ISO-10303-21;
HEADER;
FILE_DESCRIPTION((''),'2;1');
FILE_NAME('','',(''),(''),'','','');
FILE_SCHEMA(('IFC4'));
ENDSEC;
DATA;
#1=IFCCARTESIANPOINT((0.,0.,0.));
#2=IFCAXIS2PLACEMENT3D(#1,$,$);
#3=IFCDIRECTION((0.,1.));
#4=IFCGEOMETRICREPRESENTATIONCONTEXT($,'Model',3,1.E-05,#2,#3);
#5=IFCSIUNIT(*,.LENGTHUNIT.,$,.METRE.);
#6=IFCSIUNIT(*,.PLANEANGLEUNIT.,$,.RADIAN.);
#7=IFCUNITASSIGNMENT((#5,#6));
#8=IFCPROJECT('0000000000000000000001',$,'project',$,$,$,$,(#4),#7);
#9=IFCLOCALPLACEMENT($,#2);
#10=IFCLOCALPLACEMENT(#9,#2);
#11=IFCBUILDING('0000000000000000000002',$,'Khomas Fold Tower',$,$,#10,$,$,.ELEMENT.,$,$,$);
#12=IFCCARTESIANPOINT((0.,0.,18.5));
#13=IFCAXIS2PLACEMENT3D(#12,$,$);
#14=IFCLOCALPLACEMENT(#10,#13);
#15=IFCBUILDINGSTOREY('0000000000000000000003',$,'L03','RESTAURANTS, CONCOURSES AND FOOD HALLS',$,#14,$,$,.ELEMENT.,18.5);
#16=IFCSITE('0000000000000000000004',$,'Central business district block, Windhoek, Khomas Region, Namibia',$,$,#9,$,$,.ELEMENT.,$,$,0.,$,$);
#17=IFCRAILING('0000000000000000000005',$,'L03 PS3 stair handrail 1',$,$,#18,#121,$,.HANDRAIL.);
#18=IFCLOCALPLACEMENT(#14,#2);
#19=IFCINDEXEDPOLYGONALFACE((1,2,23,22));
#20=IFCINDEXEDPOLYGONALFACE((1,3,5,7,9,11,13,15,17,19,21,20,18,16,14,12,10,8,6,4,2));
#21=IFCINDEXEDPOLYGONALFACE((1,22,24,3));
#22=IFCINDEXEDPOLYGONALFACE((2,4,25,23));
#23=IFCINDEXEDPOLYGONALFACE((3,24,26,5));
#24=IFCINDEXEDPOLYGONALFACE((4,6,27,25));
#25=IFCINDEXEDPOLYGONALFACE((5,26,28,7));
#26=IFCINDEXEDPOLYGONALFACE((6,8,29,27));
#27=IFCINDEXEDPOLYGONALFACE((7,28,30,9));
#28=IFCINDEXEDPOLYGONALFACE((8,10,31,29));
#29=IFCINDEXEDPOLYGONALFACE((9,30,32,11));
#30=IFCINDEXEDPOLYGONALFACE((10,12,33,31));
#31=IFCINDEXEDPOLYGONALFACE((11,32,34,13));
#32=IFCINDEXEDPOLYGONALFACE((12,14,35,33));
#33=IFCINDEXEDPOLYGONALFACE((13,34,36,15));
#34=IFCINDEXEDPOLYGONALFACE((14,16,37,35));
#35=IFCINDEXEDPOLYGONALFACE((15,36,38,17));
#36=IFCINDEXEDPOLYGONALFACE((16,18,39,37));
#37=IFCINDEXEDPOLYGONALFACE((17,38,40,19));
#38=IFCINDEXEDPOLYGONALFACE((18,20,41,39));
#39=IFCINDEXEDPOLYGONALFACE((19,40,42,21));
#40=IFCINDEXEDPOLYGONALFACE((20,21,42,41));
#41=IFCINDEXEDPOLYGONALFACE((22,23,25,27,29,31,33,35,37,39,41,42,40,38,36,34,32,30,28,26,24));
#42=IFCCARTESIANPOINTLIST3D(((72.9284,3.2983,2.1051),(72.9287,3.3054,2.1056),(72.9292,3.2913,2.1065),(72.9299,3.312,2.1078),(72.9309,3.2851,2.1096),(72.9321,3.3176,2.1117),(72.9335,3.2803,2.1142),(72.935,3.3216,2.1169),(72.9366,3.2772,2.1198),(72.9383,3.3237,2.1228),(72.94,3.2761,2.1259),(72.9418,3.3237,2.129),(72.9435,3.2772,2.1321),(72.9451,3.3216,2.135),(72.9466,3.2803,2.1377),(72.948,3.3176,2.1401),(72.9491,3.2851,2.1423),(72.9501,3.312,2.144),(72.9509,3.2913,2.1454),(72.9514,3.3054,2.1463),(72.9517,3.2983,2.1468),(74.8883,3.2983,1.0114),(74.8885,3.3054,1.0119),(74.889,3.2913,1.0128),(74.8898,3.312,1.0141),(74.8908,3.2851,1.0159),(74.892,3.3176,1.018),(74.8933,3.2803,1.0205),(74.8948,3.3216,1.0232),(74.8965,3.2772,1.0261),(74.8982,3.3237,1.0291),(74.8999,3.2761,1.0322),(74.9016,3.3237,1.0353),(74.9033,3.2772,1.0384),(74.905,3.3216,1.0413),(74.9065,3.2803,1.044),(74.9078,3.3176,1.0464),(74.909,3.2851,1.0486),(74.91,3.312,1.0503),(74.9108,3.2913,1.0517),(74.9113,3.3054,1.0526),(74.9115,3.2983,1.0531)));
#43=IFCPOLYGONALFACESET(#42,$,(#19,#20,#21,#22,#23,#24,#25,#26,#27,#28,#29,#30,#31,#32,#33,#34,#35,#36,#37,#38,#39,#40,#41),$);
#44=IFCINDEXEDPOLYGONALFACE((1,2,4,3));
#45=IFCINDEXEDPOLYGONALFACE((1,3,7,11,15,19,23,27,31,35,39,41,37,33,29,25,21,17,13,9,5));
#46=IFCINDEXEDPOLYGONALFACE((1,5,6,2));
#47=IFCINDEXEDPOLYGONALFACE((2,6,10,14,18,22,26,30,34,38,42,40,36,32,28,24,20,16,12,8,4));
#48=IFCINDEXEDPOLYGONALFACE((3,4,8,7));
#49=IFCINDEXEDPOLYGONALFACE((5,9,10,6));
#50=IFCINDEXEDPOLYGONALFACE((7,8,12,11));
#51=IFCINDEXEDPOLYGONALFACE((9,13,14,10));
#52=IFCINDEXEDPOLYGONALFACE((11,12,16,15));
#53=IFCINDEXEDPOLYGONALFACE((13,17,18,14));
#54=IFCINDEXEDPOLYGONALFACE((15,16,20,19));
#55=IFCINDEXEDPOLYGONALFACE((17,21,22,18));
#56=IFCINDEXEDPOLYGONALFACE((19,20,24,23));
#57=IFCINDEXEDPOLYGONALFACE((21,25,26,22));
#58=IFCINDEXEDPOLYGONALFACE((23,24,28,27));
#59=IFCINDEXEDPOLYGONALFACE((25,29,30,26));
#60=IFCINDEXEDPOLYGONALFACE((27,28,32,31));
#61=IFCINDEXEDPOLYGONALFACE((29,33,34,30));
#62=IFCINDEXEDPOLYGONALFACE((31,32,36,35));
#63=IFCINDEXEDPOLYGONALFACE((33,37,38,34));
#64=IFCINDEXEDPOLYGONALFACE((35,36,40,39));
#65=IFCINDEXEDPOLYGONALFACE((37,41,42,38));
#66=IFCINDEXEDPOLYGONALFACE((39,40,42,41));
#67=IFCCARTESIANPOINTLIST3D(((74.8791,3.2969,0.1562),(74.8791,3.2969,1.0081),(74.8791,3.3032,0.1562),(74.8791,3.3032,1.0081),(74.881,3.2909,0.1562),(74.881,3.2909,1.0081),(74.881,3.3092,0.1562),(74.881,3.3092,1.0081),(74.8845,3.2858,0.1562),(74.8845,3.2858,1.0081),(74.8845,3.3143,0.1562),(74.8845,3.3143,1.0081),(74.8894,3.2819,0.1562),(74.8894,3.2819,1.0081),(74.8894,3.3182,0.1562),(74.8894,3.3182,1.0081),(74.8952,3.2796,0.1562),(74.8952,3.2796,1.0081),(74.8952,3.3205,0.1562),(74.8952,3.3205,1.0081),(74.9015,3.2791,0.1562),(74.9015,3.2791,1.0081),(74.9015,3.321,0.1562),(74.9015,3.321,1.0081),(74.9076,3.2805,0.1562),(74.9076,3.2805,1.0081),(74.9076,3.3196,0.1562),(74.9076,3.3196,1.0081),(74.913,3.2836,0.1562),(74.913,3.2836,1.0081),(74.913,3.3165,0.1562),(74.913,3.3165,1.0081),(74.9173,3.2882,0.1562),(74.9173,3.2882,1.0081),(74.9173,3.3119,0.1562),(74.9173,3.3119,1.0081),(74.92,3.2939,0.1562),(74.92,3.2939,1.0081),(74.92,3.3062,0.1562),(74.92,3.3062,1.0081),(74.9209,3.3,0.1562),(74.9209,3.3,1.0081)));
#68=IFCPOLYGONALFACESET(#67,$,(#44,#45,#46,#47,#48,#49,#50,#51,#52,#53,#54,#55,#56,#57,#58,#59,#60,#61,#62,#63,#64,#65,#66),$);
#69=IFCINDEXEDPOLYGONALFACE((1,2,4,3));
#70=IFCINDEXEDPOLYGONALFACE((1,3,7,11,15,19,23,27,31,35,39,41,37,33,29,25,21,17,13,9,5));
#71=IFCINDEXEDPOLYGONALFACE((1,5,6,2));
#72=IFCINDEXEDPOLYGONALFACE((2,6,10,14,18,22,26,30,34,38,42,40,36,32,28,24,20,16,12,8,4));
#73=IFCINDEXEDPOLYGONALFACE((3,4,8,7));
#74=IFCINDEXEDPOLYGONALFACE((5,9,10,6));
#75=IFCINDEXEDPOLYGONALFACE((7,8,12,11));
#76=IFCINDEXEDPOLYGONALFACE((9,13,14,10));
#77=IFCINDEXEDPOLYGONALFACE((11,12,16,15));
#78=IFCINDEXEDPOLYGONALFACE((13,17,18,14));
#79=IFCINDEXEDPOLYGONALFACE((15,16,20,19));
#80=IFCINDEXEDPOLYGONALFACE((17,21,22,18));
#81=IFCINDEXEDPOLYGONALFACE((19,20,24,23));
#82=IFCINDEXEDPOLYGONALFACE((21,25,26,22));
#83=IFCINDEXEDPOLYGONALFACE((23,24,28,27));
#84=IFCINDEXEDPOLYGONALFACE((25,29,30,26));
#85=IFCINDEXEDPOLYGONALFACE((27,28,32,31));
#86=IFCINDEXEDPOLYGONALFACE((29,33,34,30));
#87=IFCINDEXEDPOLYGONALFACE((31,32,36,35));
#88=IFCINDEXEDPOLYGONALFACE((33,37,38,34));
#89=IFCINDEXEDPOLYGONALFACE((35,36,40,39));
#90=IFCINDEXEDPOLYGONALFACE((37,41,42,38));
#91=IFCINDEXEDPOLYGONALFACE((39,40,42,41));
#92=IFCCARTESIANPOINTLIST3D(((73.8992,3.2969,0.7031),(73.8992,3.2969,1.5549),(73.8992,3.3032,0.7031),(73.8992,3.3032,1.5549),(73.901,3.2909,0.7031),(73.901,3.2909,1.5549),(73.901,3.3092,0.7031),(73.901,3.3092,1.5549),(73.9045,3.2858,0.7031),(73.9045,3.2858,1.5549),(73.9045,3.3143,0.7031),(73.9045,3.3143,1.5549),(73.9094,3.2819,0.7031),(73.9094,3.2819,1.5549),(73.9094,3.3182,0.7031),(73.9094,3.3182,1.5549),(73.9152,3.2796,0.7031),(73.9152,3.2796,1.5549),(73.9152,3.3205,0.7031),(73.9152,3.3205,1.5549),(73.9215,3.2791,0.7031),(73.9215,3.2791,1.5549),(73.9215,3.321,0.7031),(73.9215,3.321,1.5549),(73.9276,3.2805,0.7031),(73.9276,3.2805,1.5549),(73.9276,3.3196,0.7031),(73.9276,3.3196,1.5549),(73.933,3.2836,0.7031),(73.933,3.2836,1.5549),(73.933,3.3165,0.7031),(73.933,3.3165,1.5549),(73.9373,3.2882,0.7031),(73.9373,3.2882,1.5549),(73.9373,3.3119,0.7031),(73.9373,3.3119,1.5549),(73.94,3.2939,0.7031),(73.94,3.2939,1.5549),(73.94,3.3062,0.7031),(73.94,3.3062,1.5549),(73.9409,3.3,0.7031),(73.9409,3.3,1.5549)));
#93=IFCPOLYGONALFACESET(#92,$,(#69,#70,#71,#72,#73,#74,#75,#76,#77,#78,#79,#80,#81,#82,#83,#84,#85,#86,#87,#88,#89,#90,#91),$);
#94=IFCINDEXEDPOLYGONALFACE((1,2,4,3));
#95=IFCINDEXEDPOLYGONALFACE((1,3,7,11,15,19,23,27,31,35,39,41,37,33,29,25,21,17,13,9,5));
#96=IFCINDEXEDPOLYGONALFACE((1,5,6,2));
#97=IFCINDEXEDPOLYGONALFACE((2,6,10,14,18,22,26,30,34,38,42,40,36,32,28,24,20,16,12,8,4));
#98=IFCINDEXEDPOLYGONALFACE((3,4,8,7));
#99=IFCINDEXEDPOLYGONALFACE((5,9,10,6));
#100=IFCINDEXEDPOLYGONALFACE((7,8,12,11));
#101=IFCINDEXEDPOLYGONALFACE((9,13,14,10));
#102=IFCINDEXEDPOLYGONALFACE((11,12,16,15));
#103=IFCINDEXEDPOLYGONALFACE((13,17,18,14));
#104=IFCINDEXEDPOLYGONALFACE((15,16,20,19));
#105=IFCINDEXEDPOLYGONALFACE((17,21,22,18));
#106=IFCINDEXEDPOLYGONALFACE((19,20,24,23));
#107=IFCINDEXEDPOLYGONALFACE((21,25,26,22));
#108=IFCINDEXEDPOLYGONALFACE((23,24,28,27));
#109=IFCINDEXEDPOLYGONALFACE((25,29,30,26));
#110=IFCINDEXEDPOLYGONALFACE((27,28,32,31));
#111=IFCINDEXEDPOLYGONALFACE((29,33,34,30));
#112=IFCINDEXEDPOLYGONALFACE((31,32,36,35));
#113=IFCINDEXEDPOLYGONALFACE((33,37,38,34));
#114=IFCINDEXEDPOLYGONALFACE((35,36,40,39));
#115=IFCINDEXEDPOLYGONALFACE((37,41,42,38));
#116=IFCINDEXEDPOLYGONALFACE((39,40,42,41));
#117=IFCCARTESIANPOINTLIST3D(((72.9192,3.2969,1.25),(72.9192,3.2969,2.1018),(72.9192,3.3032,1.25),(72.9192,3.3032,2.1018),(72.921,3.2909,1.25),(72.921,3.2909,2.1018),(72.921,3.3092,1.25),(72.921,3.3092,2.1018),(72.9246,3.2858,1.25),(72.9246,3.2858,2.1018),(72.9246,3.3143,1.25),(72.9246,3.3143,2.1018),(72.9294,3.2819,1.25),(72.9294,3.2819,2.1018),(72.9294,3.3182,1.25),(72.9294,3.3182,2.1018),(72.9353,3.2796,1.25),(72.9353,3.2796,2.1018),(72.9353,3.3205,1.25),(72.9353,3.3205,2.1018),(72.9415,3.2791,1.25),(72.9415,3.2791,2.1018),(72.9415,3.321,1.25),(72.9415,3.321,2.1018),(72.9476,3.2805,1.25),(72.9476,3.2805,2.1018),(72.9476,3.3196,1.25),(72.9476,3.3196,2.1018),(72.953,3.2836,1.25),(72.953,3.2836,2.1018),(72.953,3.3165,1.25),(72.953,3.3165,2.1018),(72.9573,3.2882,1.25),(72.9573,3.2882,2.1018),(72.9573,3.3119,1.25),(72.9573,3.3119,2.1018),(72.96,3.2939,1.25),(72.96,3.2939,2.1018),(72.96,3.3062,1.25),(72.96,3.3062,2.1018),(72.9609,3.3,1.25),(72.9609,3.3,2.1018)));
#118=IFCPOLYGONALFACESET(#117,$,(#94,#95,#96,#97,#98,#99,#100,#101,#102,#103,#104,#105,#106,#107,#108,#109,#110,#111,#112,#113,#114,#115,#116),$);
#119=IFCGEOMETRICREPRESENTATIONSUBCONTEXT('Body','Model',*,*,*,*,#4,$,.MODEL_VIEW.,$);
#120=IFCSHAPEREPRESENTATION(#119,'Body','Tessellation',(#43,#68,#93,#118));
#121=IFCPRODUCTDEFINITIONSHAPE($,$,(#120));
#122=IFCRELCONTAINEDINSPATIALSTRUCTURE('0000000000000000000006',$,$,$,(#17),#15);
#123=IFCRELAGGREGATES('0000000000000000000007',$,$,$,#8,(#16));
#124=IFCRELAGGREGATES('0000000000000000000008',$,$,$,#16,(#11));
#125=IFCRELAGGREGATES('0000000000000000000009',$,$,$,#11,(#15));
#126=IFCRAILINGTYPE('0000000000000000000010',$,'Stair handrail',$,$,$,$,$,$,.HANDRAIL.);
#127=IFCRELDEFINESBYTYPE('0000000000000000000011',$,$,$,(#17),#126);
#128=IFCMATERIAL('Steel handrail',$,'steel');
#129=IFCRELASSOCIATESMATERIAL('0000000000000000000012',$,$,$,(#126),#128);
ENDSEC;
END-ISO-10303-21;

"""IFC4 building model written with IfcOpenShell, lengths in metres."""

from ifc_helpers import new_model, si_unit, direction, frame, origin, origin_2d, place, context, subcontext, project, spatial, circle, extrude, source, transform, mapped, material, type_object, element, save


model = new_model("IFC4")

# Units and contexts
model_context = context("Model", 3, precision=1e-05, world=origin(), true_north=direction((0.0, 1.0)))
body_context = subcontext(model_context, "Body", "Model", "MODEL_VIEW")
ifc_project = project(units=[si_unit("LENGTHUNIT", "METRE"), si_unit("PLANEANGLEUNIT", "RADIAN")], contexts=[model_context])

# Site, building, storey
site_placement = place(None, origin())
site = spatial("IfcSite", under=ifc_project, at=site_placement, Name="Central business district block, Windhoek, Khomas Region, Namibia", CompositionType="ELEMENT", RefElevation=0.0)
building_placement = place(site_placement, origin())
building = spatial("IfcBuilding", under=site, at=building_placement, Name="Khomas Fold Tower", CompositionType="ELEMENT")
storey_placement = place(building_placement, frame((0.0, 0.0, 18.5)))
storey = spatial("IfcBuildingStorey", under=building, at=storey_placement, Name="L03", Description="RESTAURANTS, CONCOURSES AND FOOD HALLS", CompositionType="ELEMENT", Elevation=18.5)

# Railing
ifc_material_1 = material(Name="Steel handrail", Category="steel")
railing_type_1 = type_object("IfcRailingType", Name="Stair handrail", PredefinedType="HANDRAIL", material=ifc_material_1)
shared_shape_1 = source(origin(), body_context, "Body", "SweptSolid", [
    extrude(circle(Radius=0.0239, at=origin_2d()), frame((0.0, 0.0, 0.876), z_axis=(-0.873232, 0.0, 0.487304), x_axis=(0.0, -1.0, 0.0)), (0.0, 0.0, 1.0), 2.2444),
    extrude(circle(Radius=0.021, at=origin_2d()), origin(), (0.0, 0.0, 1.0), 0.8518),
    extrude(circle(Radius=0.021, at=origin_2d()), frame((-0.98, 0.0, 0.5469)), (0.0, 0.0, 1.0), 0.8518),
    extrude(circle(Radius=0.021, at=origin_2d()), frame((-1.96, 0.0, 1.0938)), (0.0, 0.0, 1.0), 0.8518),
])
for number, where, name in (
    (1, (74.8999, 3.3, 0.1562), "L03 PS3 stair handrail 1"),
):
    element("IfcRailing", number, at=place(storey_placement, frame(where)), inside=storey, type_object=railing_type_1, Name=name, PredefinedType="HANDRAIL", context=body_context, shape_type="MappedRepresentation", body=[
        mapped(shared_shape_1, transform((0.0, 0.0, 0.0))),
    ])

save(model, "model.ifc")
